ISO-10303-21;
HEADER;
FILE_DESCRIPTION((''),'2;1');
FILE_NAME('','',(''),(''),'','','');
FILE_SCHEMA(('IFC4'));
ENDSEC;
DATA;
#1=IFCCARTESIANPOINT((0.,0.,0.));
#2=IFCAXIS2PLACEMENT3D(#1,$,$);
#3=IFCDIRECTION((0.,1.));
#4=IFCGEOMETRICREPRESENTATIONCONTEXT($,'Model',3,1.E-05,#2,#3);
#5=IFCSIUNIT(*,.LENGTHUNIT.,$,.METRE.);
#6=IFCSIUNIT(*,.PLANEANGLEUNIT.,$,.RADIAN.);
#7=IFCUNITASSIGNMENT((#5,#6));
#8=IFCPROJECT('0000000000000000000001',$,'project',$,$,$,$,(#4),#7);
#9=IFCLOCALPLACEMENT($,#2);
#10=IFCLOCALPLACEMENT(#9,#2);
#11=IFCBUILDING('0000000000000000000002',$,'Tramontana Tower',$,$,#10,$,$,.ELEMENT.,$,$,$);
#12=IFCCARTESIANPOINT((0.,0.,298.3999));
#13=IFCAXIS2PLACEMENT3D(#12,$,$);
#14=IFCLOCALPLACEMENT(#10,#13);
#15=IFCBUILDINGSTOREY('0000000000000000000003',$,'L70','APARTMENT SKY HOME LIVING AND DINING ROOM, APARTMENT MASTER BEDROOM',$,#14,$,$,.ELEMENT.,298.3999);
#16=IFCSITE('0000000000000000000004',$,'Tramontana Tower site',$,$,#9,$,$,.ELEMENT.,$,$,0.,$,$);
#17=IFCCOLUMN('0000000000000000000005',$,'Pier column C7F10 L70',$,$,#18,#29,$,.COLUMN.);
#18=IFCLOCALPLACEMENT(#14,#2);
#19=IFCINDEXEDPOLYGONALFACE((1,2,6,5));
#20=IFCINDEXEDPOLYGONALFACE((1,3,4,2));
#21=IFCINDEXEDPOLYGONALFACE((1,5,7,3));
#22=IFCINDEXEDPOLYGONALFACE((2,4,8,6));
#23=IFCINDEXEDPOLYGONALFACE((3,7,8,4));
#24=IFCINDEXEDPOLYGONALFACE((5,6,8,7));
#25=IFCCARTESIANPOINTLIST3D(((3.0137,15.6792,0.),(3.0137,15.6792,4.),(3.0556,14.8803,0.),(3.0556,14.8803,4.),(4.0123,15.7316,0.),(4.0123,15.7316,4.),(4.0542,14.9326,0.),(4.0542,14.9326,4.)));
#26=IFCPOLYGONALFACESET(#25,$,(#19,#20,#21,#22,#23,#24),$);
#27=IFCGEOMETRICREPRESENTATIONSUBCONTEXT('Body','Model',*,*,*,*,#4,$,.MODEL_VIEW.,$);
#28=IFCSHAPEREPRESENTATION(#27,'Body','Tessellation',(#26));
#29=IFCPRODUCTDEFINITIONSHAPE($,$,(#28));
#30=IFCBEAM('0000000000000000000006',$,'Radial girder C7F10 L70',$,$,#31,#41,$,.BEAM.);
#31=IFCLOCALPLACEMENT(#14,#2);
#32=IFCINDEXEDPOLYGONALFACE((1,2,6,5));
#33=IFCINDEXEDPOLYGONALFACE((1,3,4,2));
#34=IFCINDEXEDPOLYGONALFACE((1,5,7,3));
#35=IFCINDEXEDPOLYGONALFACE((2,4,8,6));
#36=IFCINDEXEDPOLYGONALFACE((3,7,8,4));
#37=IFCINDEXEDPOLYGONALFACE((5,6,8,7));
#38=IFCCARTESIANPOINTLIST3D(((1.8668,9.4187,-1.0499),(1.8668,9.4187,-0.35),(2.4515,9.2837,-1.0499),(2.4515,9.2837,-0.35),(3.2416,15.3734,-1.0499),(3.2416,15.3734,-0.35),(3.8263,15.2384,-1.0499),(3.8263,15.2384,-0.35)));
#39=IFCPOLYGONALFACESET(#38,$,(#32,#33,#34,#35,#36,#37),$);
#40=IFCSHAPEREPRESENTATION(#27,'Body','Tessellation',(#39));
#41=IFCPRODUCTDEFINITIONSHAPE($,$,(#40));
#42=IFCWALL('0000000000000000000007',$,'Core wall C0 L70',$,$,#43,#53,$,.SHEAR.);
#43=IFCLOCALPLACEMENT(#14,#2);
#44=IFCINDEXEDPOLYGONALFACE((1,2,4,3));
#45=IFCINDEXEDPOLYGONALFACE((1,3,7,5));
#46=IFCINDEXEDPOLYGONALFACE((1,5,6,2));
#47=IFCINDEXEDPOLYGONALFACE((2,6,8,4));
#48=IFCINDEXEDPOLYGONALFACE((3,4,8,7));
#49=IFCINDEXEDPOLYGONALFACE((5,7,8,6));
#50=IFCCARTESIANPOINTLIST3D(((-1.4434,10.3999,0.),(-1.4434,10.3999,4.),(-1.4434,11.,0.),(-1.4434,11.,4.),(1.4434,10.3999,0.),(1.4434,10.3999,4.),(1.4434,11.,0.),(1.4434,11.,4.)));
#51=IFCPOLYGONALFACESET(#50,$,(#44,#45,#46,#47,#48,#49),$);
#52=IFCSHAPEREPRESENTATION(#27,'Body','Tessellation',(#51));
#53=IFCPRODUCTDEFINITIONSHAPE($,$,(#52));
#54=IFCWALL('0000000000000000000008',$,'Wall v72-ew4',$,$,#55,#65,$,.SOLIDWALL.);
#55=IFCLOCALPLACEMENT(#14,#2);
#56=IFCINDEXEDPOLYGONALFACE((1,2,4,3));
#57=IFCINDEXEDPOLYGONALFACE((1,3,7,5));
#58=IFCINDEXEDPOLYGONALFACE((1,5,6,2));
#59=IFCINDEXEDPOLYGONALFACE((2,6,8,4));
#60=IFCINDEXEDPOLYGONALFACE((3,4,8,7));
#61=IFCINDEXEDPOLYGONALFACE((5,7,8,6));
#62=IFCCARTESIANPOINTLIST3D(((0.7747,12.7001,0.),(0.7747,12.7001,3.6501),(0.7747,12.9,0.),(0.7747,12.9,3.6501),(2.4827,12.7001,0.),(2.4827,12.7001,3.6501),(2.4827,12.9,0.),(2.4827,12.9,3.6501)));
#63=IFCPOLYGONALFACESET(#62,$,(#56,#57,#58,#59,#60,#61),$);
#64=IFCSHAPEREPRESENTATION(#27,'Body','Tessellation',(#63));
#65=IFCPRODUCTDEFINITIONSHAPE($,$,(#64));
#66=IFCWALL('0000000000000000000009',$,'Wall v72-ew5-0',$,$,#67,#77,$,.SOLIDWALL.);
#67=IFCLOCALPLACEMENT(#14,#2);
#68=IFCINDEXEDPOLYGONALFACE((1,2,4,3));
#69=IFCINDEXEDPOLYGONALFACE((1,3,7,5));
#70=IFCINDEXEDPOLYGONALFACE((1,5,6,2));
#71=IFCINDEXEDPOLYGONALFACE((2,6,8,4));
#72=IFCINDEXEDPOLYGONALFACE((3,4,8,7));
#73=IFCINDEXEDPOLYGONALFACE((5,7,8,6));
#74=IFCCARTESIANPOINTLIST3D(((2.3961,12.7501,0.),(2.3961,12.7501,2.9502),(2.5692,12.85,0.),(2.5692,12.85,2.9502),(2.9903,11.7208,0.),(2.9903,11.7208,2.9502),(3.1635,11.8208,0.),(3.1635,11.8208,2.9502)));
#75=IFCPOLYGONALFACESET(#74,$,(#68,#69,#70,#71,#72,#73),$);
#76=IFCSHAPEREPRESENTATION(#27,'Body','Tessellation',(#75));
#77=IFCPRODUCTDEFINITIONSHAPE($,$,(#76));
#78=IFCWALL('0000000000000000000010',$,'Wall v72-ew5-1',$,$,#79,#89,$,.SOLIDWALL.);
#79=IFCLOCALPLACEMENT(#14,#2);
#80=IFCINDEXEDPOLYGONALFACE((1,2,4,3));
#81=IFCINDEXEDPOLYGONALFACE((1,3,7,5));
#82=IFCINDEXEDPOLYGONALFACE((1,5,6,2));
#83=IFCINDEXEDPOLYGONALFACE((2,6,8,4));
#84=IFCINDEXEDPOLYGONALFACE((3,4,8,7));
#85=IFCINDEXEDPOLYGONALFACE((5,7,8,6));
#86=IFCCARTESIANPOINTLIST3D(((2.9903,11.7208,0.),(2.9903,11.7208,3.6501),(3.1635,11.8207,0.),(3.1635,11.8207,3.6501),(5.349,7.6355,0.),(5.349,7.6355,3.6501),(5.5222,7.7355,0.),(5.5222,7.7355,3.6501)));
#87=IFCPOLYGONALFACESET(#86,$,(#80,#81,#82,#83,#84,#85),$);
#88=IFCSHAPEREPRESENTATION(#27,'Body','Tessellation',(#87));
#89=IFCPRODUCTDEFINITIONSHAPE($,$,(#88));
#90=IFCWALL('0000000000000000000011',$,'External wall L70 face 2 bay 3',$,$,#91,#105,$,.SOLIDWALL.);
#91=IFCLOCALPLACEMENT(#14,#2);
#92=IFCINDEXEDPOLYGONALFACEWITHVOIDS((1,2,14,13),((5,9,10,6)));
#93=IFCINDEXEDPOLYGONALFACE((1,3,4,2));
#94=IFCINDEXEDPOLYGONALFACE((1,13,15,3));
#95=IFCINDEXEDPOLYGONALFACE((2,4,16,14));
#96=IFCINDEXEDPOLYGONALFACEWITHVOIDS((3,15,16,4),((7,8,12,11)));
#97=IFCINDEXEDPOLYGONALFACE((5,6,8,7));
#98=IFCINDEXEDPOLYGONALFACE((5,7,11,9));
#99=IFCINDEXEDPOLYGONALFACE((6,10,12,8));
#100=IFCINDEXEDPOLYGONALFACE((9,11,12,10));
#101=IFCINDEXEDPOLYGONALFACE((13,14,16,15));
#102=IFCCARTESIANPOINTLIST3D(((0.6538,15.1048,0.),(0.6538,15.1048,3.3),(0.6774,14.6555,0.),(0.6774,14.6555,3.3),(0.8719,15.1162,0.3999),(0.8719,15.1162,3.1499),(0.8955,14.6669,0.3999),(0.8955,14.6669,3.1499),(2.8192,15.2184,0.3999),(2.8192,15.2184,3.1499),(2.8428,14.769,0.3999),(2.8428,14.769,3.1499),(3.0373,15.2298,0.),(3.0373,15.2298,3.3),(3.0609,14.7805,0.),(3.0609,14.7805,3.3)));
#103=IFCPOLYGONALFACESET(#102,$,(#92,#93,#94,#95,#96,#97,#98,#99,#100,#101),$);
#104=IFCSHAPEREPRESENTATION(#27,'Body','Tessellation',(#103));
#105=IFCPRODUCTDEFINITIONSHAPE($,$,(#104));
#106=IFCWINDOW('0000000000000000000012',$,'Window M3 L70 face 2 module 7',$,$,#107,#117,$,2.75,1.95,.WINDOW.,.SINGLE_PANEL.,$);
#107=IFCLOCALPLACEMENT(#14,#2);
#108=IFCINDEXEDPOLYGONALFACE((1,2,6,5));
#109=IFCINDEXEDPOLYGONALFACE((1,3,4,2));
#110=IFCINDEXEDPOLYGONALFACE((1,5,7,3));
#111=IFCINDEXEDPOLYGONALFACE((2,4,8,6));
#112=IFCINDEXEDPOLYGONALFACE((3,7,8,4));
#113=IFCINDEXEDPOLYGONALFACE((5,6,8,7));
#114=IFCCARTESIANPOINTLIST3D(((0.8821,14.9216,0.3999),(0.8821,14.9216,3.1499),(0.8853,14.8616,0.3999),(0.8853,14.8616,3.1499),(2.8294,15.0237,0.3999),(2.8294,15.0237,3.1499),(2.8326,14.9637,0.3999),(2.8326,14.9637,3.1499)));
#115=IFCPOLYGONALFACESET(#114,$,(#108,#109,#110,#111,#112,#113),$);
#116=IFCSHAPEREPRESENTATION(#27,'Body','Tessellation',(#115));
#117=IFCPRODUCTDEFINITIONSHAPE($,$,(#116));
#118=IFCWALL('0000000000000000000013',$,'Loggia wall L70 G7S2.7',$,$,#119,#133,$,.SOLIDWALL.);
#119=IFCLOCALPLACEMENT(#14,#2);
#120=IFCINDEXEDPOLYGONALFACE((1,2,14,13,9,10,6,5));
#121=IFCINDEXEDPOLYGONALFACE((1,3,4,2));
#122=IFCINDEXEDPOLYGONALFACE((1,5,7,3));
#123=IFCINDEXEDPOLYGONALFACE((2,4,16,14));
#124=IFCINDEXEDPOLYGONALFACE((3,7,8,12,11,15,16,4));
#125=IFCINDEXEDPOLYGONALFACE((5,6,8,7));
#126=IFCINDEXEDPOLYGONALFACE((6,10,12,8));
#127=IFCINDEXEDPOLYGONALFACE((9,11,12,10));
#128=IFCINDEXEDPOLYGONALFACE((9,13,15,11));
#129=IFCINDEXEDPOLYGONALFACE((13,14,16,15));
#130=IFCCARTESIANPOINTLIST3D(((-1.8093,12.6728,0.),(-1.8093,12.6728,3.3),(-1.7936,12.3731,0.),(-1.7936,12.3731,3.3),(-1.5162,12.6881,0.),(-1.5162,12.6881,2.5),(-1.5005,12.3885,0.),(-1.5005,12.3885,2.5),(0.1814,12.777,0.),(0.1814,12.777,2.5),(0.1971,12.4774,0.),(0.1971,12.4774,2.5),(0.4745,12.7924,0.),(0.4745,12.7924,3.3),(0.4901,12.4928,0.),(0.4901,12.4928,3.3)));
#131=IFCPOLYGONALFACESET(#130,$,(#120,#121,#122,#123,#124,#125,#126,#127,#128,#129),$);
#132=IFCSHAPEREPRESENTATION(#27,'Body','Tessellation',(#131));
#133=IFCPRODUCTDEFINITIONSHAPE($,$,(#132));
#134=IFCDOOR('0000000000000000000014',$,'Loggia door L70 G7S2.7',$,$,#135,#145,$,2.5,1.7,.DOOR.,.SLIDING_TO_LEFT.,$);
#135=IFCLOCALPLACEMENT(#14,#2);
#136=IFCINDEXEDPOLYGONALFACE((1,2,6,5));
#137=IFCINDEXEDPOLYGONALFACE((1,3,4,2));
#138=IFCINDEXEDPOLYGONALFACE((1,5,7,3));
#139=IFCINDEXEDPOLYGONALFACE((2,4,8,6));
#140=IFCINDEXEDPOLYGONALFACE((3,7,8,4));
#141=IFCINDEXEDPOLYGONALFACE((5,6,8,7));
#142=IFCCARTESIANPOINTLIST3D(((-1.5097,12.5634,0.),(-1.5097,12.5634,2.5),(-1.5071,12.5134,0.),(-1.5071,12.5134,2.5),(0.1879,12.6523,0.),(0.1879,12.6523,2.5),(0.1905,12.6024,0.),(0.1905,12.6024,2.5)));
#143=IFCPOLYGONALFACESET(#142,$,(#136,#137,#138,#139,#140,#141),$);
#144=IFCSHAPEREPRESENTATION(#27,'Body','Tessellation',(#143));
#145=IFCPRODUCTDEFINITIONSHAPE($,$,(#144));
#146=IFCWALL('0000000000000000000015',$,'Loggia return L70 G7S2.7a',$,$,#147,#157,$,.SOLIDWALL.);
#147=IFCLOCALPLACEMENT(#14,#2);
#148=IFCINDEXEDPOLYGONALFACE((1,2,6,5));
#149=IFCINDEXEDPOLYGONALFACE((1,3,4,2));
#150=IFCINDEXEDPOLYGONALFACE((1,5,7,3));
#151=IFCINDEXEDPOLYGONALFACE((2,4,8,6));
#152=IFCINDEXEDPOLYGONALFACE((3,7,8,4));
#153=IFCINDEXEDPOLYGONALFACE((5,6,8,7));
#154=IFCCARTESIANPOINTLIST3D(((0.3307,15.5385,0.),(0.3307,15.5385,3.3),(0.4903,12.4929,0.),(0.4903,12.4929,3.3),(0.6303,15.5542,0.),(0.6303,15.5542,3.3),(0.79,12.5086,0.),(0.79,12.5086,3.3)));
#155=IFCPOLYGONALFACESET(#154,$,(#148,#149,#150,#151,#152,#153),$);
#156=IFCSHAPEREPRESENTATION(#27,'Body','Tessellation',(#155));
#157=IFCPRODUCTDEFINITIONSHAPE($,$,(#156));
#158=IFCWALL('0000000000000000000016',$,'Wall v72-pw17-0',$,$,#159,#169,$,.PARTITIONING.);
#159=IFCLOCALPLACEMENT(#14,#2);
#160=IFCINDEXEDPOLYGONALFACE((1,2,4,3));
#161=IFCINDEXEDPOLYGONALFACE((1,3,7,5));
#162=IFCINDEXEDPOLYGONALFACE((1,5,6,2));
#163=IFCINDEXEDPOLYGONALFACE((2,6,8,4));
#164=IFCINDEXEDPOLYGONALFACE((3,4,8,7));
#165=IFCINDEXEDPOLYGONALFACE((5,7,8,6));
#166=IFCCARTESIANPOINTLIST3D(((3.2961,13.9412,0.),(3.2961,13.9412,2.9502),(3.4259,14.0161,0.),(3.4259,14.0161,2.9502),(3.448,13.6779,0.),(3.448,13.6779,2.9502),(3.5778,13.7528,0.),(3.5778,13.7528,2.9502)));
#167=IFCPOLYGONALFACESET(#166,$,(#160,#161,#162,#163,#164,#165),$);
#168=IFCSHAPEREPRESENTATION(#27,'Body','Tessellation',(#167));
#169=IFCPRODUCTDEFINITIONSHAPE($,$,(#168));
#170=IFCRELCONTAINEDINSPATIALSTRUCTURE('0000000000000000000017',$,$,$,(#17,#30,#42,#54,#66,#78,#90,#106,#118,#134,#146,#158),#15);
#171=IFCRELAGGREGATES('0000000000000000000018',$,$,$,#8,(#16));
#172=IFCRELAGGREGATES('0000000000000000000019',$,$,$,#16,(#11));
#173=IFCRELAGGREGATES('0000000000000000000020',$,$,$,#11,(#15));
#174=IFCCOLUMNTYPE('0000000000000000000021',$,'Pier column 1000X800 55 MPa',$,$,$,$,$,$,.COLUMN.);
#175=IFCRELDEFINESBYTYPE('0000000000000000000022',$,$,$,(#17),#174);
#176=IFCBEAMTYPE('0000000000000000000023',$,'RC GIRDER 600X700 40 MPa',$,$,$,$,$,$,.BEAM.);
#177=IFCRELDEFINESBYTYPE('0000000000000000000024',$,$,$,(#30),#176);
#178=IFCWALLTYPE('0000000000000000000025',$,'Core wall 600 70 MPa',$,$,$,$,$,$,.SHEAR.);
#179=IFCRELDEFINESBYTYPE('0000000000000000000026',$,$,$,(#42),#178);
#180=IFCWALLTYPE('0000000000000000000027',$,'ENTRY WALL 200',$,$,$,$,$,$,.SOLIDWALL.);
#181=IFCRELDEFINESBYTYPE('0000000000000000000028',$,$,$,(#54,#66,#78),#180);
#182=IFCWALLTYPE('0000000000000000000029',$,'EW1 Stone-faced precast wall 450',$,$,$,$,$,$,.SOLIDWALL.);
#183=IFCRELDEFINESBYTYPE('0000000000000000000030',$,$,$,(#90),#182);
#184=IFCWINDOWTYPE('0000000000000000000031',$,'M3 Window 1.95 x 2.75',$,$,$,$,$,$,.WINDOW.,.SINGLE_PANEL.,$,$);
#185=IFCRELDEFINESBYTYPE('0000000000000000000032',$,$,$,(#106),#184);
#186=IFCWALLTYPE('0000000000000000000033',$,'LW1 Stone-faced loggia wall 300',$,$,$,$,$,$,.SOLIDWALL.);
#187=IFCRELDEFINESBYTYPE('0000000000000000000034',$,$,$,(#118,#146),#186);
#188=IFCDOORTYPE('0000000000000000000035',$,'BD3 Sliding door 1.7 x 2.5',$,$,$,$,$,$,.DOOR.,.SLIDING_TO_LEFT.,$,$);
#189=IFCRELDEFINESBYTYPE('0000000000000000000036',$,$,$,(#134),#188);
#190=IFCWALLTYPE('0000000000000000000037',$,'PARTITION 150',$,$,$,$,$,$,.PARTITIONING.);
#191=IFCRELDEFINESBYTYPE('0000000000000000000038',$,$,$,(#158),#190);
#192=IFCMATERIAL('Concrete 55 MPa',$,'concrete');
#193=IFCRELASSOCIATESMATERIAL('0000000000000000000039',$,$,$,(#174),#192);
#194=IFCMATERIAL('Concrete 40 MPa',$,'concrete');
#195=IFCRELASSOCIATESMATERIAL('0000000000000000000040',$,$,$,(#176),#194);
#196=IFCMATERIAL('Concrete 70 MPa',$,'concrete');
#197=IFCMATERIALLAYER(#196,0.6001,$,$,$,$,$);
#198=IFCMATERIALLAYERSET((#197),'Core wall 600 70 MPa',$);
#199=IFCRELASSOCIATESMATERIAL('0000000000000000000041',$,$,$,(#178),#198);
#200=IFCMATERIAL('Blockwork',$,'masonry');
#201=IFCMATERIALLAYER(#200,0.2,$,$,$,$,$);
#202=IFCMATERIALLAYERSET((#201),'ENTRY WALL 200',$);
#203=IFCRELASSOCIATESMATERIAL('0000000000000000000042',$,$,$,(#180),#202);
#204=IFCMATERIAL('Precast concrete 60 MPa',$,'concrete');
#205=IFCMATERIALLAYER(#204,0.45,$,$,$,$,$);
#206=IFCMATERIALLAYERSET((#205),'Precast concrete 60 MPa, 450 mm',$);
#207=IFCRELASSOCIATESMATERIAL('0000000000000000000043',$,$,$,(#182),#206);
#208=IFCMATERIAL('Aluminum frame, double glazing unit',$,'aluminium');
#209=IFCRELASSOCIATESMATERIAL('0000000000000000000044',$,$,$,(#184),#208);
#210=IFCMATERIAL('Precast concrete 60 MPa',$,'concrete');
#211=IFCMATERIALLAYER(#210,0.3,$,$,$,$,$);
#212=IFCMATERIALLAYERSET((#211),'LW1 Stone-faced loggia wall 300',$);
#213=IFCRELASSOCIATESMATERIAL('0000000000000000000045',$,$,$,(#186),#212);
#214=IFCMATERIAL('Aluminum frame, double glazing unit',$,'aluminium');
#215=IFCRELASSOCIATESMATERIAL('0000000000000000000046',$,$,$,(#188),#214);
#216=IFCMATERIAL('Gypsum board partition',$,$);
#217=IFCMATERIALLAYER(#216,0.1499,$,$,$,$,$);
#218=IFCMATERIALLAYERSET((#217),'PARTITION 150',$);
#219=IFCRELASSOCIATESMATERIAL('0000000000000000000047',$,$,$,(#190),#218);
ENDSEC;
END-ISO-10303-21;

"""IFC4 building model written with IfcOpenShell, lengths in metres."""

from ifc_helpers import new_model, si_unit, direction, frame, frame_2d, origin, origin_2d, place, context, subcontext, project, spatial, rectangle, extrude, material, layer, layer_set, material_profile, profile_set, type_object, element, fill, save


model = new_model("IFC4")

# Units and contexts
model_context = context("Model", 3, precision=1e-05, world=origin(), true_north=direction((0.0, 1.0)))
body_context = subcontext(model_context, "Body", "Model", "MODEL_VIEW")
ifc_project = project(units=[si_unit("LENGTHUNIT", "METRE"), si_unit("PLANEANGLEUNIT", "RADIAN")], contexts=[model_context])

# Site, building, storey
site_placement = place(None, origin())
site = spatial("IfcSite", under=ifc_project, at=site_placement, Name="Tramontana Tower site", CompositionType="ELEMENT", RefElevation=0.0)
building_placement = place(site_placement, origin())
building = spatial("IfcBuilding", under=site, at=building_placement, Name="Tramontana Tower", CompositionType="ELEMENT")
storey_placement = place(building_placement, frame((0.0, 0.0, 298.3999)))
storey = spatial("IfcBuildingStorey", under=building, at=storey_placement, Name="L70", Description="APARTMENT SKY HOME LIVING AND DINING ROOM, APARTMENT MASTER BEDROOM", CompositionType="ELEMENT", Elevation=298.3999)

# Column
ifc_material_1 = material(Name="Concrete 55 MPa", Category="concrete")
ifc_material_profile_1 = material_profile(ifc_material_1, rectangle(XDim=1.0, YDim=0.8, at=origin_2d()), Name="Pier column 1000X800 55 MPa")
ifc_profile_set_1 = profile_set([ifc_material_profile_1], Name="Concrete 55 MPa")
column_type = type_object("IfcColumnType", Name="Pier column 1000X800 55 MPa", PredefinedType="COLUMN", material=ifc_profile_set_1)
column_placement = place(storey_placement, frame((3.5339, 15.3059, 0.0), z_axis=(0.0, 0.0, 1.0), x_axis=(-0.99863, -0.052336, 0.0)))
element("IfcColumn", 1, at=column_placement, inside=storey, type_object=column_type, Name="Pier column C7F10 L70", PredefinedType="COLUMN", context=body_context, shape_type="SweptSolid", body=[
    extrude(rectangle(XDim=1.0, YDim=0.8, at=origin_2d()), origin(), (0.0, 0.0, 1.0), 4.0),
])

# Beam
ifc_material_2 = material(Name="Concrete 40 MPa", Category="concrete")
ifc_material_profile_2 = material_profile(ifc_material_2, rectangle(XDim=0.6001, YDim=0.7, at=origin_2d()), Name="RC GIRDER 600X700 40 MPa")
ifc_profile_set_2 = profile_set([ifc_material_profile_2], Name="Concrete 40 MPa")
beam_type = type_object("IfcBeamType", Name="RC GIRDER 600X700 40 MPa", PredefinedType="BEAM", material=ifc_profile_set_2)
beam_placement = place(storey_placement, frame((3.5339, 15.3059, -0.7), z_axis=(-0.224956, -0.974369, 0.0), x_axis=(0.974369, -0.224956, 0.0)))
element("IfcBeam", 2, at=beam_placement, inside=storey, type_object=beam_type, Name="Radial girder C7F10 L70", PredefinedType="BEAM", context=body_context, shape_type="SweptSolid", body=[
    extrude(rectangle(XDim=0.6001, YDim=0.7, at=origin_2d()), origin(), (0.0, 0.0, 1.0), 6.1113),
])

# Walls
ifc_material_3 = material(Name="Concrete 70 MPa", Category="concrete")
ifc_layer_1 = layer(ifc_material_3, 0.6001)
ifc_layer_set_1 = layer_set([ifc_layer_1], Name="Core wall 600 70 MPa")
wall_type_1 = type_object("IfcWallType", Name="Core wall 600 70 MPa", PredefinedType="SHEAR", material=ifc_layer_set_1)
wall_1_placement = place(storey_placement, frame((1.4434, 10.7, 0.0), z_axis=(0.0, 0.0, 1.0), x_axis=(-1.0, 0.0, 0.0)))
element("IfcWall", 3, at=wall_1_placement, inside=storey, type_object=wall_type_1, Name="Core wall C0 L70", PredefinedType="SHEAR", context=body_context, shape_type="SweptSolid", body=[
    extrude(rectangle(XDim=2.8867, YDim=0.6001, at=frame_2d((1.4434, 0.0))), origin(), (0.0, 0.0, 1.0), 4.0),
])
ifc_material_4 = material(Name="Blockwork", Category="masonry")
ifc_layer_2 = layer(ifc_material_4, 0.2)
ifc_layer_set_2 = layer_set([ifc_layer_2], Name="ENTRY WALL 200")
wall_type_2 = type_object("IfcWallType", Name="ENTRY WALL 200", PredefinedType="SOLIDWALL", material=ifc_layer_set_2)
wall_2_placement = place(storey_placement, frame((0.7747, 12.8, 0.0), z_axis=(0.0, 0.0, 1.0), x_axis=(1.0, 0.0, 0.0)))
element("IfcWall", 4, at=wall_2_placement, inside=storey, type_object=wall_type_2, Name="Wall v72-ew4", PredefinedType="SOLIDWALL", context=body_context, shape_type="SweptSolid", body=[
    extrude(rectangle(XDim=1.708, YDim=0.2, at=frame_2d((0.854, 0.0))), origin(), (0.0, 0.0, 1.0), 3.6501),
])
wall_3_placement = place(storey_placement, frame((2.4827, 12.8, 0.0), z_axis=(0.0, 0.0, 1.0), x_axis=(0.499983, -0.866035, 0.0)))
element("IfcWall", 5, at=wall_3_placement, inside=storey, type_object=wall_type_2, Name="Wall v72-ew5-0", PredefinedType="SOLIDWALL", context=body_context, shape_type="SweptSolid", body=[
    extrude(rectangle(XDim=1.1885, YDim=0.2, at=frame_2d((0.5942, 0.0))), origin(), (0.0, 0.0, 1.0), 2.9502),
])
wall_4_placement = place(storey_placement, frame((3.0769, 11.7708, 0.0), z_axis=(0.0, 0.0, 1.0), x_axis=(0.500008, -0.866021, 0.0)))
element("IfcWall", 6, at=wall_4_placement, inside=storey, type_object=wall_type_2, Name="Wall v72-ew5-1", PredefinedType="SOLIDWALL", context=body_context, shape_type="SweptSolid", body=[
    extrude(rectangle(XDim=4.7173, YDim=0.2, at=frame_2d((2.3586, 0.0))), origin(), (0.0, 0.0, 1.0), 3.6501),
])

# Wall, opening, window
ifc_material_5 = material(Name="Precast concrete 60 MPa", Category="concrete")
ifc_layer_3 = layer(ifc_material_5, 0.45)
ifc_layer_set_3 = layer_set([ifc_layer_3], Name="Precast concrete 60 MPa, 450 mm")
wall_type_3 = type_object("IfcWallType", Name="EW1 Stone-faced precast wall 450", PredefinedType="SOLIDWALL", material=ifc_layer_set_3)
wall_5_placement = place(storey_placement, frame((3.0491, 15.0051, 0.0), z_axis=(0.0, 0.0, 1.0), x_axis=(-0.998628, -0.052371, 0.0)))
wall_5 = element("IfcWall", 7, at=wall_5_placement, inside=storey, type_object=wall_type_3, Name="External wall L70 face 2 bay 3", PredefinedType="SOLIDWALL", context=body_context, shape_type="SweptSolid", body=[
    extrude(rectangle(XDim=2.3867, YDim=0.45, at=frame_2d((1.1934, 0.0))), origin(), (0.0, 0.0, 1.0), 3.3),
])
opening_1_placement = place(wall_5_placement, frame((0.2183, 0.0, 0.3999)))
opening_1 = element("IfcOpeningElement", 8, at=opening_1_placement, cuts=wall_5, PredefinedType="OPENING", context=body_context, shape_type="SweptSolid", body=[
    extrude(rectangle(XDim=1.95, YDim=2.75, at=frame_2d((0.9751, 1.375))), frame((0.0, 0.2349, 0.0), z_axis=(0.0, -1.0, 0.0), x_axis=(1.0, 0.0, 0.0)), (0.0, 0.0, 1.0), 0.47),
])
ifc_material_6 = material(Name="Aluminum frame, double glazing unit", Category="aluminium")
window_type = type_object("IfcWindowType", Name="M3 Window 1.95 x 2.75", PartitioningType="SINGLE_PANEL", PredefinedType="WINDOW", material=ifc_material_6)
window_placement = place(opening_1_placement, origin())
window = element("IfcWindow", 9, at=window_placement, inside=storey, type_object=window_type, Name="Window M3 L70 face 2 module 7", OverallHeight=2.75, OverallWidth=1.95, PartitioningType="SINGLE_PANEL", PredefinedType="WINDOW", context=body_context, shape_type="SweptSolid", body=[
    extrude(rectangle(XDim=1.95, YDim=2.75, at=frame_2d((0.9751, 1.375))), frame((0.0, 0.03, 0.0), z_axis=(0.0, -1.0, 0.0), x_axis=(1.0, 0.0, 0.0)), (0.0, 0.0, 1.0), 0.0601),
])
fill(opening_1, window)

# Wall, opening, door
ifc_material_7 = material(Name="Precast concrete 60 MPa", Category="concrete")
ifc_layer_4 = layer(ifc_material_7, 0.3)
ifc_layer_set_4 = layer_set([ifc_layer_4], Name="LW1 Stone-faced loggia wall 300")
wall_type_4 = type_object("IfcWallType", Name="LW1 Stone-faced loggia wall 300", PredefinedType="SOLIDWALL", material=ifc_layer_set_4)
wall_6_placement = place(storey_placement, frame((0.4824, 12.6426, 0.0), z_axis=(0.0, 0.0, 1.0), x_axis=(-0.998631, -0.052312, 0.0)))
wall_6 = element("IfcWall", 10, at=wall_6_placement, inside=storey, type_object=wall_type_4, Name="Loggia wall L70 G7S2.7", PredefinedType="SOLIDWALL", context=body_context, shape_type="SweptSolid", body=[
    extrude(rectangle(XDim=2.2869, YDim=0.3, at=frame_2d((1.1436, 0.0))), origin(), (0.0, 0.0, 1.0), 3.3),
])
opening_2_placement = place(wall_6_placement, frame((0.2935, 0.0, 0.0)))
opening_2 = element("IfcOpeningElement", 11, at=opening_2_placement, cuts=wall_6, PredefinedType="OPENING", context=body_context, shape_type="SweptSolid", body=[
    extrude(rectangle(XDim=1.7, YDim=2.5, at=frame_2d((0.8501, 1.25))), frame((0.0, 0.1599, 0.0), z_axis=(0.0, -1.0, 0.0), x_axis=(1.0, 0.0, 0.0)), (0.0, 0.0, 1.0), 0.3201),
])
ifc_material_8 = material(Name="Aluminum frame, double glazing unit", Category="aluminium")
door_type_1 = type_object("IfcDoorType", Name="BD3 Sliding door 1.7 x 2.5", OperationType="SLIDING_TO_LEFT", PredefinedType="DOOR", material=ifc_material_8)
door_1_placement = place(opening_2_placement, origin())
door_1 = element("IfcDoor", 12, at=door_1_placement, inside=storey, type_object=door_type_1, Name="Loggia door L70 G7S2.7", OperationType="SLIDING_TO_LEFT", OverallHeight=2.5, OverallWidth=1.7, PredefinedType="DOOR", context=body_context, shape_type="SweptSolid", body=[
    extrude(rectangle(XDim=1.7, YDim=2.5, at=frame_2d((0.8501, 1.25))), frame((0.0, 0.0249, 0.0), z_axis=(0.0, -1.0, 0.0), x_axis=(1.0, 0.0, 0.0)), (0.0, 0.0, 1.0), 0.05),
])
fill(opening_2, door_1)

# Walls
wall_7_placement = place(storey_placement, frame((0.4805, 15.5464, 0.0), z_axis=(0.0, 0.0, 1.0), x_axis=(0.052353, -0.998629, 0.0)))
element("IfcWall", 13, at=wall_7_placement, inside=storey, type_object=wall_type_4, Name="Loggia return L70 G7S2.7a", PredefinedType="SOLIDWALL", context=body_context, shape_type="SweptSolid", body=[
    extrude(rectangle(XDim=3.0498, YDim=0.3, at=frame_2d((1.5249, 0.0))), origin(), (0.0, 0.0, 1.0), 3.3),
])
ifc_material_9 = material(Name="Gypsum board partition")
ifc_layer_5 = layer(ifc_material_9, 0.1499)
ifc_layer_set_5 = layer_set([ifc_layer_5], Name="PARTITION 150")
wall_type_5 = type_object("IfcWallType", Name="PARTITION 150", PredefinedType="PARTITIONING", material=ifc_layer_set_5)
wall_8_placement = place(storey_placement, frame((3.3611, 13.9785, 0.0), z_axis=(0.0, 0.0, 1.0), x_axis=(0.499769, -0.866159, 0.0)))
element("IfcWall", 14, at=wall_8_placement, inside=storey, type_object=wall_type_5, Name="Wall v72-pw17-0", PredefinedType="PARTITIONING", context=body_context, shape_type="SweptSolid", body=[
    extrude(rectangle(XDim=0.304, YDim=0.1499, at=frame_2d((0.1519, 0.0))), origin(), (0.0, 0.0, 1.0), 2.9502),
])

save(model, "model.ifc")
